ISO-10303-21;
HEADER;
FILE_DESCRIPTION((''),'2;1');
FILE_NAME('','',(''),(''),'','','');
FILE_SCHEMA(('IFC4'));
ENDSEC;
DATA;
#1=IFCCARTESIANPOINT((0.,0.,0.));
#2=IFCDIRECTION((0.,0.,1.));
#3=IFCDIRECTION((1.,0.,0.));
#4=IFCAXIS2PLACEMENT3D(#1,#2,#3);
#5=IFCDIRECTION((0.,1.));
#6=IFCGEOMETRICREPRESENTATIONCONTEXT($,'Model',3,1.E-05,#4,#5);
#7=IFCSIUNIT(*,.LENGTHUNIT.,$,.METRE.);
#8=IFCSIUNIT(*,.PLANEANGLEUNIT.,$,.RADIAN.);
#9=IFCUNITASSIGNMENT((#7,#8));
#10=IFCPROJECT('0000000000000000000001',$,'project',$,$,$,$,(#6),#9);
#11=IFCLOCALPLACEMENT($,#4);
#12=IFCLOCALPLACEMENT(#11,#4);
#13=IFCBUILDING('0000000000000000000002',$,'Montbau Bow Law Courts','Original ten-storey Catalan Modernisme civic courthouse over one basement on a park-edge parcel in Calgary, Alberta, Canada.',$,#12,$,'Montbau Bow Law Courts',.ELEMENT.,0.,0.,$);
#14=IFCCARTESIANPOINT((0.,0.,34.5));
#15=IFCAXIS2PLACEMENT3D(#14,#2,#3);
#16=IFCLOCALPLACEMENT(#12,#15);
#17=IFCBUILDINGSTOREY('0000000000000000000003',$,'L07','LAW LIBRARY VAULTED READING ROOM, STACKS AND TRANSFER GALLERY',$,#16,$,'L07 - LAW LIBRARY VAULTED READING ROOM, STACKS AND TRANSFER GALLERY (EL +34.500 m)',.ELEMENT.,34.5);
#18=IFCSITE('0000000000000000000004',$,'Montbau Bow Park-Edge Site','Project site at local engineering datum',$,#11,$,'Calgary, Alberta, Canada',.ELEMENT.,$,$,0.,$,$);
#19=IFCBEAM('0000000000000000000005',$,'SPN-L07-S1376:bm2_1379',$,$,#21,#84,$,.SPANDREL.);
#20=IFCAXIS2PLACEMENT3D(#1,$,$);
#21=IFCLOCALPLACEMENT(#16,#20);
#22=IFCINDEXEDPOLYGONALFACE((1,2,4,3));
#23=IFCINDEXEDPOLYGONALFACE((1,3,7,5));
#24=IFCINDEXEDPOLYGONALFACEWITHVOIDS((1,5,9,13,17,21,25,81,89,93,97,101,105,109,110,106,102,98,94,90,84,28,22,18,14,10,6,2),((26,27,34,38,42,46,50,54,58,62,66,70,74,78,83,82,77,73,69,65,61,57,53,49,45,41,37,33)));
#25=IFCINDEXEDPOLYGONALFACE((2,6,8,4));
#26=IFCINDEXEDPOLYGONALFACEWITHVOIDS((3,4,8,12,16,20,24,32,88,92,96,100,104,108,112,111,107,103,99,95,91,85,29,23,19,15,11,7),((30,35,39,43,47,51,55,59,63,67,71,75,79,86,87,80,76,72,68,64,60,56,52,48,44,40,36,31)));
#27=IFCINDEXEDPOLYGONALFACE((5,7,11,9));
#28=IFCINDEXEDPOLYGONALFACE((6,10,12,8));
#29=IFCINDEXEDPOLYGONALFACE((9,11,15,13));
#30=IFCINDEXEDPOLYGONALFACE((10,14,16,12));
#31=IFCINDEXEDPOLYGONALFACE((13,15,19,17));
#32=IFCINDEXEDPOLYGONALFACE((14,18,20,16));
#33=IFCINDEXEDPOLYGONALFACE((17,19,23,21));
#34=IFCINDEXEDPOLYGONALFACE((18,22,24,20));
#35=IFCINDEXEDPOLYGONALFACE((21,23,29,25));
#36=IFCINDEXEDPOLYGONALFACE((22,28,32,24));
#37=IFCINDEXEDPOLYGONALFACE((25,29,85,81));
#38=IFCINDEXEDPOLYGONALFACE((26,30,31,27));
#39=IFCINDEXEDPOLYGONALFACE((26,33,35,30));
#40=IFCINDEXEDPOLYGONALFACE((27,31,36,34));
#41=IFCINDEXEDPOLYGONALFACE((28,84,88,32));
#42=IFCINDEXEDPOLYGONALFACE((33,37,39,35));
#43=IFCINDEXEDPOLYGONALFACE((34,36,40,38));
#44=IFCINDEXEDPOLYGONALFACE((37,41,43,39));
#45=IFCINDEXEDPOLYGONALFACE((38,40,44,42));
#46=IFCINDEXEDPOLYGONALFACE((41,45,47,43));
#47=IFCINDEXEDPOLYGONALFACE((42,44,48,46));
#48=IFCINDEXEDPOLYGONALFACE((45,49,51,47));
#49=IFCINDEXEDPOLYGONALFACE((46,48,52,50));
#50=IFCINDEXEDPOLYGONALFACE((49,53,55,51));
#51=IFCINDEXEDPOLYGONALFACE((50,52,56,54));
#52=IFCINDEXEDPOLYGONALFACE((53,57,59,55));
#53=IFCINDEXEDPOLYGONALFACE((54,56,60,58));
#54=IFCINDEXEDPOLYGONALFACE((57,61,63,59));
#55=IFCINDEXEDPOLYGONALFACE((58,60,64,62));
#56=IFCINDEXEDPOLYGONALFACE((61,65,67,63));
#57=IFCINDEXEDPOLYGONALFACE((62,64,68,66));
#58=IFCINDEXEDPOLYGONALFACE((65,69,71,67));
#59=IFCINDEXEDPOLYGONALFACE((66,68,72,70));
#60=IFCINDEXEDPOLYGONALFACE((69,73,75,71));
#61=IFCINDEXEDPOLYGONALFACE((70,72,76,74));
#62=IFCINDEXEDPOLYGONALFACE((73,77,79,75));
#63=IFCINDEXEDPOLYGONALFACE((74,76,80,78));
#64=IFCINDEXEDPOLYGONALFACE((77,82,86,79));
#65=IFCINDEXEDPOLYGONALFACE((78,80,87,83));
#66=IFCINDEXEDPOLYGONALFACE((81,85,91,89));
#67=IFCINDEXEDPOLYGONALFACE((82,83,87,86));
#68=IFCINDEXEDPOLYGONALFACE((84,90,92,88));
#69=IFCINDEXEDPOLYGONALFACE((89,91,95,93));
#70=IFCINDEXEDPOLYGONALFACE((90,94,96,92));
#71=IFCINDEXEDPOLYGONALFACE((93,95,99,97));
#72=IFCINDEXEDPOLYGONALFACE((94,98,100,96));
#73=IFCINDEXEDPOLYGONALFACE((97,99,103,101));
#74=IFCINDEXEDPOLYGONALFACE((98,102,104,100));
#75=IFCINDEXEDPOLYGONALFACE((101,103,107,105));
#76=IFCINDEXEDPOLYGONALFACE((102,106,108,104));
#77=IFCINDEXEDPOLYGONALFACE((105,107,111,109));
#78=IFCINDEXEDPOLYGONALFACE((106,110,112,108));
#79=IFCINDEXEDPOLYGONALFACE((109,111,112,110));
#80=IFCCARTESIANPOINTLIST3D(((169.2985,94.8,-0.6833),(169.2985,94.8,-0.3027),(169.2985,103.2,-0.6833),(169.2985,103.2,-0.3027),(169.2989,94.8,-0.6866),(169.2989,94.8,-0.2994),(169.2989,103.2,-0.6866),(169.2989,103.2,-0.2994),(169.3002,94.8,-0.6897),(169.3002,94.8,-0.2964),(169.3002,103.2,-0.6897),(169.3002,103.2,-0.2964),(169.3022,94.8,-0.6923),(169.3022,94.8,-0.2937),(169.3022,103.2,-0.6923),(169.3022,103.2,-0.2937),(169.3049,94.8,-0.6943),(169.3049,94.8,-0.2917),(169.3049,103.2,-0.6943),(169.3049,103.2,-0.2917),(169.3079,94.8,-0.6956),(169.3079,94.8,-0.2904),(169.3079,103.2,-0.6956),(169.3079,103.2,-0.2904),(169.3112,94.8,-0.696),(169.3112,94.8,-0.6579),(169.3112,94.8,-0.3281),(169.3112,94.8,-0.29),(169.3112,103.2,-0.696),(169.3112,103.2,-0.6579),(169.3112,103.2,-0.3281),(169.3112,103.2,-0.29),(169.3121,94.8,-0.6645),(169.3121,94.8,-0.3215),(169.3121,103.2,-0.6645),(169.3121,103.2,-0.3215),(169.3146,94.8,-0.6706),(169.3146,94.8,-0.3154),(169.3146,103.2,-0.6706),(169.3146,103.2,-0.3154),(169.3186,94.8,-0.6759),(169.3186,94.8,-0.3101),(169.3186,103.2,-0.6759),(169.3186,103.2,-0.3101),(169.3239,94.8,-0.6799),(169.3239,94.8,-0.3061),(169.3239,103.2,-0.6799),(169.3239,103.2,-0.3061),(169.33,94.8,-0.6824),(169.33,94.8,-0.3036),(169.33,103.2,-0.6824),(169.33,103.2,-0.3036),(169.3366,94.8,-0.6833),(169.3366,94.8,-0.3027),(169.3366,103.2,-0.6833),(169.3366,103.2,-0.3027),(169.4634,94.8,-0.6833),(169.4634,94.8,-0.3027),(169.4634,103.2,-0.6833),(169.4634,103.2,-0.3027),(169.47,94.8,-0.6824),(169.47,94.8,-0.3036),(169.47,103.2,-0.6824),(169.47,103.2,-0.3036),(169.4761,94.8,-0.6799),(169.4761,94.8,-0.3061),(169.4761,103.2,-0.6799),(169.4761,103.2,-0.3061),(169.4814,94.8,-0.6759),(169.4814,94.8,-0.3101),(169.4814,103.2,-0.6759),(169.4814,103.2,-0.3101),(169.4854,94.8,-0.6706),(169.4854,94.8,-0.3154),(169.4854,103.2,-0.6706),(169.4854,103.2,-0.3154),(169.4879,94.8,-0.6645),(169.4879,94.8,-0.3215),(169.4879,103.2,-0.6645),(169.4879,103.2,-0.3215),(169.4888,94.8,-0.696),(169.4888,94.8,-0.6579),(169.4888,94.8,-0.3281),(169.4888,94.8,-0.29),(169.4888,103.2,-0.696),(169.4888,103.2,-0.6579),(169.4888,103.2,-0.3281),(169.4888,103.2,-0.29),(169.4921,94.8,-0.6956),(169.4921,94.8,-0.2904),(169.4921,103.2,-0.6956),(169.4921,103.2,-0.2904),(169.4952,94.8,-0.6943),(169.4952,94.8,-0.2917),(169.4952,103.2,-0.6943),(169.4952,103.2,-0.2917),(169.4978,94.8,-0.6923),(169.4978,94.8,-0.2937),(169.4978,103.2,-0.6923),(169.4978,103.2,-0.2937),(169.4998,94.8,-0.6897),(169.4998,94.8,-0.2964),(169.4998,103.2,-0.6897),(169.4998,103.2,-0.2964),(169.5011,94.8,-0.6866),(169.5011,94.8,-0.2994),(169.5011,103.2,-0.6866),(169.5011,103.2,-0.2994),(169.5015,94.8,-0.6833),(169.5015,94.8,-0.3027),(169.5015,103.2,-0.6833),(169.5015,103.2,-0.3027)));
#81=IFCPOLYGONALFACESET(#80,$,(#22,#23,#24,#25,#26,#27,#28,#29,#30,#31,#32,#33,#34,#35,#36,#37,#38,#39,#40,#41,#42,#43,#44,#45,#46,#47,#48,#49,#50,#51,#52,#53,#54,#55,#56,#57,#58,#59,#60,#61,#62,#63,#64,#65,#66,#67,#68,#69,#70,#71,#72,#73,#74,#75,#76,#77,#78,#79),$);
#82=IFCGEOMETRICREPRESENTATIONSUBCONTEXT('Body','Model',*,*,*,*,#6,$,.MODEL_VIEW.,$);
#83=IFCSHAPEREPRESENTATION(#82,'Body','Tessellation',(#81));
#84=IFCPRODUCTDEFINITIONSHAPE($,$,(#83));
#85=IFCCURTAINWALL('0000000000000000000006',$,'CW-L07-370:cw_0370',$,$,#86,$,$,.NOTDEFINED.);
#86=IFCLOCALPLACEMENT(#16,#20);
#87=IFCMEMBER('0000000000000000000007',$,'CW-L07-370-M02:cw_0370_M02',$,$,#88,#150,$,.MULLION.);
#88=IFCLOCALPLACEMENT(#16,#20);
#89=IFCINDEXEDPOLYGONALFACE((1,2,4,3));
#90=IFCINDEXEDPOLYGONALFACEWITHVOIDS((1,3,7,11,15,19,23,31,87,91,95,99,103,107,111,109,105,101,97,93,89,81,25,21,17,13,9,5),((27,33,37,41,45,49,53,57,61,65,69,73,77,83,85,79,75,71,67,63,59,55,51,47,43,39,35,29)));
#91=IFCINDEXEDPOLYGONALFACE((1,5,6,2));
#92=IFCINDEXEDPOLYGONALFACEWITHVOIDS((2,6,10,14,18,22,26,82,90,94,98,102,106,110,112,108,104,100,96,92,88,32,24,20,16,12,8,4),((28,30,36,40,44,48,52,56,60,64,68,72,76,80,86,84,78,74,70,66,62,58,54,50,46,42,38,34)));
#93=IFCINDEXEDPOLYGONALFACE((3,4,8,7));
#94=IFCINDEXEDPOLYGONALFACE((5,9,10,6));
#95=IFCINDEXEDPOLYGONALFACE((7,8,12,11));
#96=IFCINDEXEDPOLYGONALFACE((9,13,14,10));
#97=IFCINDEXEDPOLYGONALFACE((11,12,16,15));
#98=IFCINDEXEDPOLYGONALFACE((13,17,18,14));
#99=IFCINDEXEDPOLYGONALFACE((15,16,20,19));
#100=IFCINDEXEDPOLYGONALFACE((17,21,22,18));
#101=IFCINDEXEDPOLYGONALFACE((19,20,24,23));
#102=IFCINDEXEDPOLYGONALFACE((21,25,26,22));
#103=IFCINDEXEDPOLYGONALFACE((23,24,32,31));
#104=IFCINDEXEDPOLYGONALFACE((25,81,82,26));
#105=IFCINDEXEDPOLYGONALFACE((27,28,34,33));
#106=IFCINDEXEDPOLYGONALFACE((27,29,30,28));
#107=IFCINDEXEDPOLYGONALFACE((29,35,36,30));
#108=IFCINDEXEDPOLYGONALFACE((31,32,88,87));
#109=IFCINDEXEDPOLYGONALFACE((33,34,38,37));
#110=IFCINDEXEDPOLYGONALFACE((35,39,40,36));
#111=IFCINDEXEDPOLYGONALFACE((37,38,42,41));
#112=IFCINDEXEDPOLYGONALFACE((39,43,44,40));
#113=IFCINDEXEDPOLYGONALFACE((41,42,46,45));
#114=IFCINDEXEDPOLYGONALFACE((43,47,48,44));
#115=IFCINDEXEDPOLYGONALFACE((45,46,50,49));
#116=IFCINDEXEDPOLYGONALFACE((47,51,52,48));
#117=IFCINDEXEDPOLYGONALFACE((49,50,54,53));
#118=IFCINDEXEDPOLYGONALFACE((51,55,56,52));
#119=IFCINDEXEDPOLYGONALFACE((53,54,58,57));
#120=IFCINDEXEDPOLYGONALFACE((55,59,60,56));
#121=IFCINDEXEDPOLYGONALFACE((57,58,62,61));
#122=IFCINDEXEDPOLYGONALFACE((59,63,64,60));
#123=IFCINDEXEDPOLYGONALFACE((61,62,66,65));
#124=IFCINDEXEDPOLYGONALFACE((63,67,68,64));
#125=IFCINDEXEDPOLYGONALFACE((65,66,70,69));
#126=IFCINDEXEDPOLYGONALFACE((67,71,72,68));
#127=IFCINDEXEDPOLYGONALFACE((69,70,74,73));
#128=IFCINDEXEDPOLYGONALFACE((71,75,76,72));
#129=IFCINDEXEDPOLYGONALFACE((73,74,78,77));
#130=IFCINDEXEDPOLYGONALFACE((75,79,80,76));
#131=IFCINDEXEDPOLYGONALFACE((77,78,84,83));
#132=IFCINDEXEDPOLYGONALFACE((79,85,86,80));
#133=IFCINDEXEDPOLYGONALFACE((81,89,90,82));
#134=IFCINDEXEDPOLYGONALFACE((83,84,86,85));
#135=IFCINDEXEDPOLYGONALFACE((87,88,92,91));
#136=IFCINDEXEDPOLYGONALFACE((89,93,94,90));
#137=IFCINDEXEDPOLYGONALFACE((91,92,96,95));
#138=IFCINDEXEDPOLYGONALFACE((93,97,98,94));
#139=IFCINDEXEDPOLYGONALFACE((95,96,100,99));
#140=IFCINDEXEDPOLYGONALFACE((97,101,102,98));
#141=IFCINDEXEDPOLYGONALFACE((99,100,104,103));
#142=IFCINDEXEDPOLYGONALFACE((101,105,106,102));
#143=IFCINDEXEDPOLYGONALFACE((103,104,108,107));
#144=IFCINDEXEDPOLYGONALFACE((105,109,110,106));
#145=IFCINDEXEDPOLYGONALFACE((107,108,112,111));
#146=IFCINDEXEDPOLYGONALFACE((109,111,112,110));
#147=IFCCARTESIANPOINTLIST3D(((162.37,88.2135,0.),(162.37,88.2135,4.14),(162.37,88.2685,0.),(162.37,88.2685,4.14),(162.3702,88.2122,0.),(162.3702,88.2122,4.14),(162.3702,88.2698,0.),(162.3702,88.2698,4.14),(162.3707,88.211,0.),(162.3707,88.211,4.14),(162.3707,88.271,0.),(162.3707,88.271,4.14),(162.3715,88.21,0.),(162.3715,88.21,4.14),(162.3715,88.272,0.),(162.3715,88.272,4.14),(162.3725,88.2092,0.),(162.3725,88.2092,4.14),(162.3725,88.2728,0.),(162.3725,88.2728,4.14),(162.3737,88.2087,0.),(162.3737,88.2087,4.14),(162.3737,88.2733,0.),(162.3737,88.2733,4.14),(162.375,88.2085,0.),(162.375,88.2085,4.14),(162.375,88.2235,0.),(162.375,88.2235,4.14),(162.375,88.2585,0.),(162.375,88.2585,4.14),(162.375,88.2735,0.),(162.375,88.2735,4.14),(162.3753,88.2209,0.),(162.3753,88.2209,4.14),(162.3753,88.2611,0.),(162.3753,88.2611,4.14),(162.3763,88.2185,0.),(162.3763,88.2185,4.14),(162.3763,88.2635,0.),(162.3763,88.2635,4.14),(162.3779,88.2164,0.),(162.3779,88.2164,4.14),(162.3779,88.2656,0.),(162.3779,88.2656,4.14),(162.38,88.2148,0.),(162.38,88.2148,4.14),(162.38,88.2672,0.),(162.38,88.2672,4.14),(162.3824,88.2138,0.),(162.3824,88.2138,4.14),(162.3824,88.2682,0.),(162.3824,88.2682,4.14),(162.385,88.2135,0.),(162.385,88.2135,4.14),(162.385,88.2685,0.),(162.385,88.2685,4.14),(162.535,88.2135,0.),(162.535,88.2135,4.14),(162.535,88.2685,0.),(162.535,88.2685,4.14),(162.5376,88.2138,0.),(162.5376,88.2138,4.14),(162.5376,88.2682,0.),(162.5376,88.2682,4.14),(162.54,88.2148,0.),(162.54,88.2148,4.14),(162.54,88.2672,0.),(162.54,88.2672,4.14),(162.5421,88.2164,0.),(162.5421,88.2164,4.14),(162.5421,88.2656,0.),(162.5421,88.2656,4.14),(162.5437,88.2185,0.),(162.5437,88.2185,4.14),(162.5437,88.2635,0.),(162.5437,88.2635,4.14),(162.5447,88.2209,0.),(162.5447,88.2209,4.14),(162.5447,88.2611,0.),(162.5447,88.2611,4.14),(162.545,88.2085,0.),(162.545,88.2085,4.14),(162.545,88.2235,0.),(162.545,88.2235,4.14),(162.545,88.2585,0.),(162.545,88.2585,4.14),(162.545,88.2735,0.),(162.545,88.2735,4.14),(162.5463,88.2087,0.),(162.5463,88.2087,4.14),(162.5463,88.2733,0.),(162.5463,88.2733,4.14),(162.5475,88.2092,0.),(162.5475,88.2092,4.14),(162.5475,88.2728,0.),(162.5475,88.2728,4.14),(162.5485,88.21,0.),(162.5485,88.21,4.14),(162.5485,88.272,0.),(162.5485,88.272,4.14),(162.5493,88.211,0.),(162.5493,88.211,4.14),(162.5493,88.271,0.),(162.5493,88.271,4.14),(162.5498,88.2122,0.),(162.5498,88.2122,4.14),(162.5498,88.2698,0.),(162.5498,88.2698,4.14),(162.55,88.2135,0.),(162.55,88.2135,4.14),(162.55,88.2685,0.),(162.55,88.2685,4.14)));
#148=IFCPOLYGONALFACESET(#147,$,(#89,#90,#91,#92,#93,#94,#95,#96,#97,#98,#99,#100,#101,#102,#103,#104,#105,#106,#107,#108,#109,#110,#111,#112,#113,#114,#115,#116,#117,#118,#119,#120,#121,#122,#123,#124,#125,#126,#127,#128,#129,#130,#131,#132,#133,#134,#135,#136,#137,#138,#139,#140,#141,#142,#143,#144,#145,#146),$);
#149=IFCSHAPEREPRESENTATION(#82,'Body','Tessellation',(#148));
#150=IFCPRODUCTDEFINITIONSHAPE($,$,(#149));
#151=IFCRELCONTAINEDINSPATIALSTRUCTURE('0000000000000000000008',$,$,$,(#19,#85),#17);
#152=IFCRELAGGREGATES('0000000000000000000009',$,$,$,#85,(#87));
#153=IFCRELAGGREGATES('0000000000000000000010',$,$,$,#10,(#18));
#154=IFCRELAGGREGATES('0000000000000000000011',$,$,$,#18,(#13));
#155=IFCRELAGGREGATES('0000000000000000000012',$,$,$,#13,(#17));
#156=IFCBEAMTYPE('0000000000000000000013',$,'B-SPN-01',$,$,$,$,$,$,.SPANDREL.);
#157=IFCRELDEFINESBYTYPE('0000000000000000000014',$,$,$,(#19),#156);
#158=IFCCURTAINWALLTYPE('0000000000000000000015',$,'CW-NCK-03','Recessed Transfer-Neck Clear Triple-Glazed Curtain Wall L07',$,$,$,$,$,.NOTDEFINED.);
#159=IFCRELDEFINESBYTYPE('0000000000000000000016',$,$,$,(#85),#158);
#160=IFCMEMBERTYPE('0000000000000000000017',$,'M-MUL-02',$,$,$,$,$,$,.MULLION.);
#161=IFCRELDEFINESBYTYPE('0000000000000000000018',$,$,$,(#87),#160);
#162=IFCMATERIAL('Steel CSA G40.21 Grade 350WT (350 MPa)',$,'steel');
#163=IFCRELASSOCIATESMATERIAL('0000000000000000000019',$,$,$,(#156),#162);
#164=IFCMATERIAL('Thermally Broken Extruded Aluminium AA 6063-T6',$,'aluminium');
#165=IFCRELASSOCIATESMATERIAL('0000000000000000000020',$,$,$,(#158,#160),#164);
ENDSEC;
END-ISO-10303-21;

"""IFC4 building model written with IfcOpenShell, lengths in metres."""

from ifc_helpers import new_model, si_unit, direction, frame, origin_with_axes, origin_2d_with_axis, place, context, subcontext, project, spatial, hollow_rectangle, extrude, material, material_profile, profile_set, type_object, element, aggregate, save


model = new_model("IFC4")

# Units and contexts
model_context = context("Model", 3, precision=1e-05, world=origin_with_axes(), true_north=direction((0.0, 1.0)))
body_context = subcontext(model_context, "Body", "Model", "MODEL_VIEW")
ifc_project = project(units=[si_unit("LENGTHUNIT", "METRE"), si_unit("PLANEANGLEUNIT", "RADIAN")], contexts=[model_context])

# Site, building, storey
site_placement = place(None, origin_with_axes())
site = spatial("IfcSite", under=ifc_project, at=site_placement, Name="Montbau Bow Park-Edge Site", Description="Project site at local engineering datum", LongName="Calgary, Alberta, Canada", CompositionType="ELEMENT", RefElevation=0.0)
building_placement = place(site_placement, origin_with_axes())
building = spatial("IfcBuilding", under=site, at=building_placement, Name="Montbau Bow Law Courts", Description="Original ten-storey Catalan Modernisme civic courthouse over one basement on a park-edge parcel in Calgary, Alberta, Canada.", LongName="Montbau Bow Law Courts", CompositionType="ELEMENT", ElevationOfRefHeight=0.0, ElevationOfTerrain=0.0)
storey_placement = place(building_placement, frame((0.0, 0.0, 34.5), z_axis=(0.0, 0.0, 1.0), x_axis=(1.0, 0.0, 0.0)))
storey = spatial("IfcBuildingStorey", under=building, at=storey_placement, Name="L07", Description="LAW LIBRARY VAULTED READING ROOM, STACKS AND TRANSFER GALLERY", LongName="L07 - LAW LIBRARY VAULTED READING ROOM, STACKS AND TRANSFER GALLERY (EL +34.500 m)", CompositionType="ELEMENT", Elevation=34.5)

# Shared definitions
ifc_material_1 = material(Name="Steel CSA G40.21 Grade 350WT (350 MPa)", Category="steel")

# Beam
ifc_material_profile_1 = material_profile(ifc_material_1, hollow_rectangle(XDim=0.203, YDim=0.406, WallThickness=0.0127, InnerFilletRadius=0.0254, OuterFilletRadius=0.0127, at=origin_2d_with_axis()), Name="HSS406X203X13", Category="Main", Priority=0)
ifc_profile_set_1 = profile_set([ifc_material_profile_1], Name="Steel CSA G40.21 Grade 350WT (350 MPa)")
beam_type_1 = type_object("IfcBeamType", Name="B-SPN-01", PredefinedType="SPANDREL", material=ifc_profile_set_1)
beam_1_placement = place(None, frame((169.4, 94.8, 34.007), z_axis=(0.0, 1.0, 0.0), x_axis=(-1.0, 0.0, 0.0)))
element("IfcBeam", 1, at=beam_1_placement, inside=storey, type_object=beam_type_1, Name="SPN-L07-S1376:bm2_1379", PredefinedType="SPANDREL", context=body_context, shape_type="SweptSolid", body=[
    extrude(hollow_rectangle(XDim=0.203, YDim=0.406, WallThickness=0.0127, InnerFilletRadius=0.0254, OuterFilletRadius=0.0127, at=origin_2d_with_axis()), origin_with_axes(), (0.0, 0.0, 1.0), 8.4),
])

# Curtain wall, member
ifc_material_2 = material(Name="Thermally Broken Extruded Aluminium AA 6063-T6", Category="aluminium")
curtain_wall_type = type_object("IfcCurtainWallType", Name="CW-NCK-03", Description="Recessed Transfer-Neck Clear Triple-Glazed Curtain Wall L07", PredefinedType="NOTDEFINED", material=ifc_material_2)
curtain_wall_1_placement = place(None, frame((162.46, 86.668, 34.5), z_axis=(0.0, 0.0, 1.0), x_axis=(1.0, 0.0, 0.0)))
curtain_wall_1 = element("IfcCurtainWall", 2, at=curtain_wall_1_placement, inside=storey, type_object=curtain_wall_type, Name="CW-L07-370:cw_0370", PredefinedType="NOTDEFINED")
ifc_material_profile_2 = material_profile(ifc_material_2, hollow_rectangle(XDim=0.065, YDim=0.18, WallThickness=0.005, InnerFilletRadius=0.01, OuterFilletRadius=0.005, at=origin_2d_with_axis()), Name="CWM-180X65", Category="Main", Priority=0)
ifc_profile_set_2 = profile_set([ifc_material_profile_2], Name="Thermally Broken Extruded Aluminium AA 6063-T6")
member_type_1 = type_object("IfcMemberType", Name="M-MUL-02", PredefinedType="MULLION", material=ifc_profile_set_2)
member_1_placement = place(None, frame((162.46, 88.241, 34.5), z_axis=(0.0, 0.0, 1.0), x_axis=(0.0, 1.0, 0.0)))
member_1 = element("IfcMember", 3, at=member_1_placement, type_object=member_type_1, Name="CW-L07-370-M02:cw_0370_M02", PredefinedType="MULLION", context=body_context, shape_type="SweptSolid", body=[
    extrude(hollow_rectangle(XDim=0.065, YDim=0.18, WallThickness=0.005, InnerFilletRadius=0.01, OuterFilletRadius=0.005, at=origin_2d_with_axis()), origin_with_axes(), (0.0, 0.0, 1.0), 4.14),
])

aggregate(curtain_wall_1, [member_1])

save(model, "model.ifc")
